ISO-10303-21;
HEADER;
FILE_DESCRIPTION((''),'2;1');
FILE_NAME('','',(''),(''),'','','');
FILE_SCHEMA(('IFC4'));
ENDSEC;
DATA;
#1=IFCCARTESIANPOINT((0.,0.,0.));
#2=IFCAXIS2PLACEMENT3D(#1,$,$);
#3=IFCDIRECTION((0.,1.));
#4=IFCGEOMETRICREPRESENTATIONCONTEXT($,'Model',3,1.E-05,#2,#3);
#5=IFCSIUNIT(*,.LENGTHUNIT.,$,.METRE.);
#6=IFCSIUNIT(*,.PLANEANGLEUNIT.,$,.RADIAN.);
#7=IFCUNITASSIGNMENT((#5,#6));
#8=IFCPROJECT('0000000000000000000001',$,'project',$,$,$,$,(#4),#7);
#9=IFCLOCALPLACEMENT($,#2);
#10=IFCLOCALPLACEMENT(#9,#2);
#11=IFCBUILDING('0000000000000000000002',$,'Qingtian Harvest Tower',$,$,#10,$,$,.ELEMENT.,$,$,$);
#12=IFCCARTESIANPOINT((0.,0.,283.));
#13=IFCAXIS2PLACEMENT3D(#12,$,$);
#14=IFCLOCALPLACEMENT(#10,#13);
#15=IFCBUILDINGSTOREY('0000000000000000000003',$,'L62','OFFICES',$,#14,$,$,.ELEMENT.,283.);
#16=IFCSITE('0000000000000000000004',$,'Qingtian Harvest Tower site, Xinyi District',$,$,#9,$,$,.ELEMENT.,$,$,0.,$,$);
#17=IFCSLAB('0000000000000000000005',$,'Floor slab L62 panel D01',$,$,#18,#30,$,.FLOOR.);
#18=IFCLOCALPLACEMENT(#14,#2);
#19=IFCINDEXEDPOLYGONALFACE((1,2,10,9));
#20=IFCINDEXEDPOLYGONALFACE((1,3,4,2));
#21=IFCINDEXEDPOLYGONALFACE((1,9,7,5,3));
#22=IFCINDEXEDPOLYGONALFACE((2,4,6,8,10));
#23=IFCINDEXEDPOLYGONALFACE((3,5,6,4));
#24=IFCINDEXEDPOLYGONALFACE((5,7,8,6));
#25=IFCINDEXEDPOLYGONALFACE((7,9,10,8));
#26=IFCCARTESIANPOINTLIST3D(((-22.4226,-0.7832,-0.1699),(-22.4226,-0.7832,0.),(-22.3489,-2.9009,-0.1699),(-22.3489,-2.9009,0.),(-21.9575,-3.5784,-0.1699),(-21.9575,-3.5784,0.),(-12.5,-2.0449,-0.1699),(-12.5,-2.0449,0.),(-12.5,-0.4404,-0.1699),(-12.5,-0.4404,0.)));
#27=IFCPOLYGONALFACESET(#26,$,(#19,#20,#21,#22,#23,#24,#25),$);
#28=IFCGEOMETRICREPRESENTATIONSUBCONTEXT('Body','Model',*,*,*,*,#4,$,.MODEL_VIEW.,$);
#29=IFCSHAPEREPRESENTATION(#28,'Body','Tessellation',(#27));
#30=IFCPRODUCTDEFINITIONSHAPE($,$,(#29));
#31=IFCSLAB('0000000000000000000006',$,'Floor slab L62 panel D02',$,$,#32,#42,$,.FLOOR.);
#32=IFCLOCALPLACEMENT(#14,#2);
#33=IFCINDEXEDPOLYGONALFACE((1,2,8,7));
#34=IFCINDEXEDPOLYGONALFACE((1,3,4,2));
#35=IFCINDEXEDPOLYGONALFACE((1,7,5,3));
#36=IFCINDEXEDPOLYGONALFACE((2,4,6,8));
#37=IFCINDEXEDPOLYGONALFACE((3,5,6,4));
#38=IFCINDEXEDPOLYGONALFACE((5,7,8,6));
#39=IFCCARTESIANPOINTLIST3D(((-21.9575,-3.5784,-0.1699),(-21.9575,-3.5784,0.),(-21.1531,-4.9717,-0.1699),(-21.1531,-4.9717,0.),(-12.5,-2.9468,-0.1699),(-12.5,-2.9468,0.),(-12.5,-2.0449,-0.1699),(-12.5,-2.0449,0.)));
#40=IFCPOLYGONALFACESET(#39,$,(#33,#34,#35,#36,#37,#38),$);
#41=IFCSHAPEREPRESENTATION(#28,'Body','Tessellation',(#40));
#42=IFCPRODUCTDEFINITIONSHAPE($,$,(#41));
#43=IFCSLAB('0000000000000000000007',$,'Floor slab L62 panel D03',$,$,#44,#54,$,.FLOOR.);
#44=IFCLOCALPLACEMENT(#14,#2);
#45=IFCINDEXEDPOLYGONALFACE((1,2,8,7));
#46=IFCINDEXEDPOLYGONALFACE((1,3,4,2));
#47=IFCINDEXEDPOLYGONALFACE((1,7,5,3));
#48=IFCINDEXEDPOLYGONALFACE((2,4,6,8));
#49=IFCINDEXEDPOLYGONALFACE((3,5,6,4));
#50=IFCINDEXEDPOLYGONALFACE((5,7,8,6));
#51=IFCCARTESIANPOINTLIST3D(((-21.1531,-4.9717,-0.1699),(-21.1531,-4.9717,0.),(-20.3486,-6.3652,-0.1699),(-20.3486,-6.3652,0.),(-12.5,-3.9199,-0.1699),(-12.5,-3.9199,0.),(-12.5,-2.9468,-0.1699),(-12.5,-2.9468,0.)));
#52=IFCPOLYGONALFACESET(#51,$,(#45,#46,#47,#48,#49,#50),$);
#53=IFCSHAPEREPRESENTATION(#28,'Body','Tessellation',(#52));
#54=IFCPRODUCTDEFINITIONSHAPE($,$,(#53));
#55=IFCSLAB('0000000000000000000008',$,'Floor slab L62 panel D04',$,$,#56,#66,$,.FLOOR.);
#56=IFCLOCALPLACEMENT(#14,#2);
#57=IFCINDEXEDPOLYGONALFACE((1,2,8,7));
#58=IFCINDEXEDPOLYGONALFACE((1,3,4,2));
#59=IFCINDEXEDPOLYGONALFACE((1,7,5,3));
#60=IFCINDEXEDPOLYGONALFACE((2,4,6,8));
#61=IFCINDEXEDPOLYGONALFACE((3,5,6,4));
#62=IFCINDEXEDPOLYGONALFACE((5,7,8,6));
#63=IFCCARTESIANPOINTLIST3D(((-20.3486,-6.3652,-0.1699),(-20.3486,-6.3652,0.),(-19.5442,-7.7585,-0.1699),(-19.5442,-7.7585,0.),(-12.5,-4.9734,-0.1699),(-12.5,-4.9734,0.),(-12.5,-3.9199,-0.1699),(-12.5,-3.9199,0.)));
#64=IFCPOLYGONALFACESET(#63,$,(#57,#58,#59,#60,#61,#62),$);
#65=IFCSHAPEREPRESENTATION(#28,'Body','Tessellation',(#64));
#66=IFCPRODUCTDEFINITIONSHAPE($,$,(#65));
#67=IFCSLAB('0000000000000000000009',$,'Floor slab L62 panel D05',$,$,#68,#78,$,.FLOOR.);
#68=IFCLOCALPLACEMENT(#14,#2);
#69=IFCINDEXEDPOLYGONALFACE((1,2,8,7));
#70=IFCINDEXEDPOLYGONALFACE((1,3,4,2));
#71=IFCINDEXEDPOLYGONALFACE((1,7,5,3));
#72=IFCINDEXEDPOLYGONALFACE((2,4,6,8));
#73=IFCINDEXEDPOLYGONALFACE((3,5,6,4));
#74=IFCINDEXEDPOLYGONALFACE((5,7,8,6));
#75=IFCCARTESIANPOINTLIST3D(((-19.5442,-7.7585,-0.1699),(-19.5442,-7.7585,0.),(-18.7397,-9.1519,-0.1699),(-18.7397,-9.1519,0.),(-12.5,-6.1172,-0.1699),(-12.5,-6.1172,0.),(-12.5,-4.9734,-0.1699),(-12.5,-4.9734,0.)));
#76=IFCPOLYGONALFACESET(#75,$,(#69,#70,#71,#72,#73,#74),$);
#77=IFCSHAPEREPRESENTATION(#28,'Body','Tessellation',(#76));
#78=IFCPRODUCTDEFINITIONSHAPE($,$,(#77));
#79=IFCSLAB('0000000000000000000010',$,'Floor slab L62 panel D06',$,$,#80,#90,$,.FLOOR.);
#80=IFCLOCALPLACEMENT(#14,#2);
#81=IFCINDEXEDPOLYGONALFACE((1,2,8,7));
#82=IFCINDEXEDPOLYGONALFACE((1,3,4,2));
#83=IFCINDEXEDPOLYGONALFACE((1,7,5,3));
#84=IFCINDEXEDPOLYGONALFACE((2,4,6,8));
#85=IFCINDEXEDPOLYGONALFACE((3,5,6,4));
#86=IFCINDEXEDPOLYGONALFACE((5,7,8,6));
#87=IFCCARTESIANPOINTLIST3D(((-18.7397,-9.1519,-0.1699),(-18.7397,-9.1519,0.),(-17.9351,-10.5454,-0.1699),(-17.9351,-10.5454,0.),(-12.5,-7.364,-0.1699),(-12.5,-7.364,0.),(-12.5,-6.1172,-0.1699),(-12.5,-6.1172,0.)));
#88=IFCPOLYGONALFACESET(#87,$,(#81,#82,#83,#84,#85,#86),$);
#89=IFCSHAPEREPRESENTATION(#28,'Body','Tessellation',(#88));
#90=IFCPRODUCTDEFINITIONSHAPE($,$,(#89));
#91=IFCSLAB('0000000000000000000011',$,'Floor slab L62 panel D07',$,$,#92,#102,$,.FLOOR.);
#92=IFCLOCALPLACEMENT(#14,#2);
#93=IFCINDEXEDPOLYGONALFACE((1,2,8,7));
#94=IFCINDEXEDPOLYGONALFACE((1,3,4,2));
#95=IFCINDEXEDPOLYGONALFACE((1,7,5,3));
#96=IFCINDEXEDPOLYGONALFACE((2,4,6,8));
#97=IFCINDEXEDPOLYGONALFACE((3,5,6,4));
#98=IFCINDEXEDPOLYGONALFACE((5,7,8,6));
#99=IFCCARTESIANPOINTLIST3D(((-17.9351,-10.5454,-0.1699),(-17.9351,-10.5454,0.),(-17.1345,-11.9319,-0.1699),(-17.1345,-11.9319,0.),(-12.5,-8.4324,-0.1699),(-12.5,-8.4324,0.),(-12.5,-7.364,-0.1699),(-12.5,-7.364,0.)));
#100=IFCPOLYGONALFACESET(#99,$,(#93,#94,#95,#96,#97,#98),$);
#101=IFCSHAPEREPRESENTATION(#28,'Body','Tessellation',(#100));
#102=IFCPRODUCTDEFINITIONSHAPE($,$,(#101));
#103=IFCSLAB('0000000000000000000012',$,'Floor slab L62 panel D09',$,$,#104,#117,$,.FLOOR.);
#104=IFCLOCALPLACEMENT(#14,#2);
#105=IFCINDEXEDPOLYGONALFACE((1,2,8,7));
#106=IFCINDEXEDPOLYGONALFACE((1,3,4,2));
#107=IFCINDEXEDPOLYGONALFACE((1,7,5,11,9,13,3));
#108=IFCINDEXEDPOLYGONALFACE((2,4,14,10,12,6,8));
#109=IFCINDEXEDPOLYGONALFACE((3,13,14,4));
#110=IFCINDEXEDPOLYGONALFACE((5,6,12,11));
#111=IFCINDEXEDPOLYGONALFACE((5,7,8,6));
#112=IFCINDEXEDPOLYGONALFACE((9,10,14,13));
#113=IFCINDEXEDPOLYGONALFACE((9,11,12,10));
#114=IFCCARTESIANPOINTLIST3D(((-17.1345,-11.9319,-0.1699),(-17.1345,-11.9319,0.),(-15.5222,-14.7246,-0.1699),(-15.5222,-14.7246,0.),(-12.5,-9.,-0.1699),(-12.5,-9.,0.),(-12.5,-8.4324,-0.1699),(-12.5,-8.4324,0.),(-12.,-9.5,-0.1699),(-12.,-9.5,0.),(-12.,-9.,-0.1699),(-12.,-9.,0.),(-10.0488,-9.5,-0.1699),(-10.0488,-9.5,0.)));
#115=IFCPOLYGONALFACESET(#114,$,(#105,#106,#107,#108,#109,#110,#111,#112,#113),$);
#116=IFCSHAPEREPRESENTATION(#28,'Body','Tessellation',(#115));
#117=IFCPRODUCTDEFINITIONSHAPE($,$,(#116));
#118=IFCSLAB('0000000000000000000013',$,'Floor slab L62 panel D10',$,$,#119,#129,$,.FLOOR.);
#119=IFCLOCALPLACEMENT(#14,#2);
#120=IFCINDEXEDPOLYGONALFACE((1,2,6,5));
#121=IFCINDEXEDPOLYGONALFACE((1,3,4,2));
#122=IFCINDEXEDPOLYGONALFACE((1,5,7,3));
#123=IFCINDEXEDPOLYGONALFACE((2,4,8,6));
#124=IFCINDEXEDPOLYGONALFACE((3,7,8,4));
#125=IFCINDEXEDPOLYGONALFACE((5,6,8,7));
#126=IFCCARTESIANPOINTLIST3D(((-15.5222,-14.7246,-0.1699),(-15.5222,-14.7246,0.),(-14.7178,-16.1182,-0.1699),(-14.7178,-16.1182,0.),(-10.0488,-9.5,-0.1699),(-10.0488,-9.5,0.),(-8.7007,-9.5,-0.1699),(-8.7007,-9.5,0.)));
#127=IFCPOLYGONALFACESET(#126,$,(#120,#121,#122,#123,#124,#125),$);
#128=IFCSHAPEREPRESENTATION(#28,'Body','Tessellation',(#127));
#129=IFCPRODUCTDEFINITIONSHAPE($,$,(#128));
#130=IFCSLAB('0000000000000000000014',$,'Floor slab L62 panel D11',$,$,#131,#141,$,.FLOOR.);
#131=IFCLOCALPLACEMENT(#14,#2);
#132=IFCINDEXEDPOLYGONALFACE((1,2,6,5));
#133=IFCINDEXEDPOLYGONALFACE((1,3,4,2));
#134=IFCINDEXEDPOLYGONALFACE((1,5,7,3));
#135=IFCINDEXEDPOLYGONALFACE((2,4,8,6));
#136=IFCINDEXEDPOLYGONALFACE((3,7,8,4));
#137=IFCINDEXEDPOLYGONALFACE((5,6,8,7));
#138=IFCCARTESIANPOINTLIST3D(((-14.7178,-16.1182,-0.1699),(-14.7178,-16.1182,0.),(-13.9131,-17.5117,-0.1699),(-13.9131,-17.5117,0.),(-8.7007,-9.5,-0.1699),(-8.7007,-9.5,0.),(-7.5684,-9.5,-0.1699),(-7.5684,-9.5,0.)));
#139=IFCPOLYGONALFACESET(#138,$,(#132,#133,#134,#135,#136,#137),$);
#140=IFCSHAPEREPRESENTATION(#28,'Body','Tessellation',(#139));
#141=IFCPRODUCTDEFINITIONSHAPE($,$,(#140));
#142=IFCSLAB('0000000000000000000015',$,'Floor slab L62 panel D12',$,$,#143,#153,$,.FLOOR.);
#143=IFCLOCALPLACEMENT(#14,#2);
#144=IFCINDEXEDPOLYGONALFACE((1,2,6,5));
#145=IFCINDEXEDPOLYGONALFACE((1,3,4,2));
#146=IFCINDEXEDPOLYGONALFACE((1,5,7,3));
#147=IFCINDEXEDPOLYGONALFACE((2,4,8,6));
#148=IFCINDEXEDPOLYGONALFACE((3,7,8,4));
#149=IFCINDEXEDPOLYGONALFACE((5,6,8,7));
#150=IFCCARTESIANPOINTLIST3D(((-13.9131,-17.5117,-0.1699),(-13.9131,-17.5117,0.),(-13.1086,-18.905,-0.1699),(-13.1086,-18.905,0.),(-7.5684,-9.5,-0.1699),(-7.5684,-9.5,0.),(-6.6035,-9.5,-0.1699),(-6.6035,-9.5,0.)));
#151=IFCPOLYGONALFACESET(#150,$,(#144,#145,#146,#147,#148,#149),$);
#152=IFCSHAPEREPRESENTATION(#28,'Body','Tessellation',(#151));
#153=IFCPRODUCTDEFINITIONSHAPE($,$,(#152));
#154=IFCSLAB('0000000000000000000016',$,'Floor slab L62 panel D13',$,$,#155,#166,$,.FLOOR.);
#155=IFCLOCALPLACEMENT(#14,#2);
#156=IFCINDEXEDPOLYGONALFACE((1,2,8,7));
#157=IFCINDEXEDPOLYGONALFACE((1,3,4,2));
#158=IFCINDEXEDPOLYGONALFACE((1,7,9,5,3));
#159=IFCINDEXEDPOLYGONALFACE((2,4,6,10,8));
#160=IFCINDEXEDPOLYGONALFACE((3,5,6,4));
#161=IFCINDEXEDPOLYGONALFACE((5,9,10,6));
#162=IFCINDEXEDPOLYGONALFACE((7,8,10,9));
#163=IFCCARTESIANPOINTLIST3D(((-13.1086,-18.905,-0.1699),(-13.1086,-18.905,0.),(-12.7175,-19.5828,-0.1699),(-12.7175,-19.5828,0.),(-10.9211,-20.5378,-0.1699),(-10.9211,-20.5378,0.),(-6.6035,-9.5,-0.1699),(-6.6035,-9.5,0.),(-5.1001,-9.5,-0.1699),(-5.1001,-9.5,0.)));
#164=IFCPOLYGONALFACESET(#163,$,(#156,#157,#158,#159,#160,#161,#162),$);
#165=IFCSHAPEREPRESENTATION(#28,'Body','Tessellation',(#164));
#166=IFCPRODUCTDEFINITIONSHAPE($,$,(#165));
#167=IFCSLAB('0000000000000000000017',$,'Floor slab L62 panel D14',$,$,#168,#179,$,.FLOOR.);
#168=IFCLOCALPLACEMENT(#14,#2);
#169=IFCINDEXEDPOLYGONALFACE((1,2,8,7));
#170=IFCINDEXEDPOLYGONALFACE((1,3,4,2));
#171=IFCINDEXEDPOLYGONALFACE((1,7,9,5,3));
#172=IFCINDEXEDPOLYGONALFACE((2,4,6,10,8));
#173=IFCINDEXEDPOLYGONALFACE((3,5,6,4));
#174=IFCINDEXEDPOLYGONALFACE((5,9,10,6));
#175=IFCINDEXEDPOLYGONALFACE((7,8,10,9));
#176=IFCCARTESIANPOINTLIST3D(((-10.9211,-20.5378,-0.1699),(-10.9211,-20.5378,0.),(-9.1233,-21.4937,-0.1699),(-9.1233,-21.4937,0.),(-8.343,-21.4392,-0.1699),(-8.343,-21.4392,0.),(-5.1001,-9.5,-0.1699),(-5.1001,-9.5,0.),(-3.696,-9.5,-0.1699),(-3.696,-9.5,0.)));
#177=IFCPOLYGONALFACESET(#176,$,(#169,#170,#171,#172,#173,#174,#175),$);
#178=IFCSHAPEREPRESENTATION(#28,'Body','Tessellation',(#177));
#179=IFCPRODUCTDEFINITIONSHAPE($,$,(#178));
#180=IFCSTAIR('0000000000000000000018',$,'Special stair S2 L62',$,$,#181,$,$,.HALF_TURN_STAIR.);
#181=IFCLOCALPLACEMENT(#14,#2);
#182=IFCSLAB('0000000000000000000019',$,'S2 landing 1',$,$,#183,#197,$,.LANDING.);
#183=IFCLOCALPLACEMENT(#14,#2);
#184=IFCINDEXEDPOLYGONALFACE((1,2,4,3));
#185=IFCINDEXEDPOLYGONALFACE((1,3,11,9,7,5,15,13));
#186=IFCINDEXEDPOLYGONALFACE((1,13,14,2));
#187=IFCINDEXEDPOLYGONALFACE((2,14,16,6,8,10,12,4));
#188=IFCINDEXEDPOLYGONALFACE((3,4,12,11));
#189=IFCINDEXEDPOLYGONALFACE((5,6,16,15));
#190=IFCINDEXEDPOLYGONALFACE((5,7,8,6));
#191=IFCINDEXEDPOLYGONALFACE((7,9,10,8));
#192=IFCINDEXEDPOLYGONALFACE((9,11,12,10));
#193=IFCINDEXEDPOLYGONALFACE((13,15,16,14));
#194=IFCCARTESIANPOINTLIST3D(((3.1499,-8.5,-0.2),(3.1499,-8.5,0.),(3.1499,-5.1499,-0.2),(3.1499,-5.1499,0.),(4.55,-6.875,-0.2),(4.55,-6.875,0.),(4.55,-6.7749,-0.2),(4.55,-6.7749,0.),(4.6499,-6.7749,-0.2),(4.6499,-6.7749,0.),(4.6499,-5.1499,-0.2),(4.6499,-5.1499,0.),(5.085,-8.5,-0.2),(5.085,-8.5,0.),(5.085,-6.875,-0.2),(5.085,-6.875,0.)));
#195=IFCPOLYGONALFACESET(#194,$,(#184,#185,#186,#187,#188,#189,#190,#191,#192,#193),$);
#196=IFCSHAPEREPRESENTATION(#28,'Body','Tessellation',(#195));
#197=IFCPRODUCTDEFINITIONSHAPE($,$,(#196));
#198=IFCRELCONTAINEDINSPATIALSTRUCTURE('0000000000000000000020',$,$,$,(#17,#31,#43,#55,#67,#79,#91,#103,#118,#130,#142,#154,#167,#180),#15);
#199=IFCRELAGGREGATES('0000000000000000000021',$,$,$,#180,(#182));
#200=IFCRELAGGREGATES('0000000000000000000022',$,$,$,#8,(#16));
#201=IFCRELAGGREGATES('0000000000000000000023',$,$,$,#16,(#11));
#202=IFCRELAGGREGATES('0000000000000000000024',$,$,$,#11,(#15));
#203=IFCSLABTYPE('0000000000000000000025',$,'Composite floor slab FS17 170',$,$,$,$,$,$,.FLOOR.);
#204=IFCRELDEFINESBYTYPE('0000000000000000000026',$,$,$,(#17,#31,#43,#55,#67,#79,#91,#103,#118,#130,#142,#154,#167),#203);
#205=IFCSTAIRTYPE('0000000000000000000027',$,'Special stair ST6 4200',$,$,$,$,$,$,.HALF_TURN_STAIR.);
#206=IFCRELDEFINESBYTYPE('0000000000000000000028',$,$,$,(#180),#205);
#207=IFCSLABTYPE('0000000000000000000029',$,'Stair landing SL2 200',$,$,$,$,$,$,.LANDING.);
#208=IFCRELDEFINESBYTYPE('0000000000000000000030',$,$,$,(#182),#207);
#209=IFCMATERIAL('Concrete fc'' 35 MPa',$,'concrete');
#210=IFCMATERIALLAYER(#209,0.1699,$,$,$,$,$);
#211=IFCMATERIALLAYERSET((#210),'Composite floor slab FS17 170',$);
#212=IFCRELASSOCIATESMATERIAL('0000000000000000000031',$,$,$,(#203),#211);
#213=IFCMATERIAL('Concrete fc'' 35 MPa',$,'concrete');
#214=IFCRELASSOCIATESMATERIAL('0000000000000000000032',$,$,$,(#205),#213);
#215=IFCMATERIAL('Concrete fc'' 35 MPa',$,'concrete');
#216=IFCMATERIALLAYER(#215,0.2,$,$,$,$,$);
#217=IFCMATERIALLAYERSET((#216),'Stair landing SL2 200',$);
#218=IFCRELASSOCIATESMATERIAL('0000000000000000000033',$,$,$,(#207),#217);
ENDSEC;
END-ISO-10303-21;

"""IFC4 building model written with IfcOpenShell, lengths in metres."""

from ifc_helpers import new_model, si_unit, direction, frame, origin, place, context, subcontext, project, spatial, polyline, outline, extrude, material, layer, layer_set, type_object, element, aggregate, save


model = new_model("IFC4")

# Units and contexts
model_context = context("Model", 3, precision=1e-05, world=origin(), true_north=direction((0.0, 1.0)))
body_context = subcontext(model_context, "Body", "Model", "MODEL_VIEW")
ifc_project = project(units=[si_unit("LENGTHUNIT", "METRE"), si_unit("PLANEANGLEUNIT", "RADIAN")], contexts=[model_context])

# Site, building, storey
site_placement = place(None, origin())
site = spatial("IfcSite", under=ifc_project, at=site_placement, Name="Qingtian Harvest Tower site, Xinyi District", CompositionType="ELEMENT", RefElevation=0.0)
building_placement = place(site_placement, origin())
building = spatial("IfcBuilding", under=site, at=building_placement, Name="Qingtian Harvest Tower", CompositionType="ELEMENT")
storey_placement = place(building_placement, frame((0.0, 0.0, 283.0)))
storey = spatial("IfcBuildingStorey", under=building, at=storey_placement, Name="L62", Description="OFFICES", CompositionType="ELEMENT", Elevation=283.0)

# Slabs
ifc_material_1 = material(Name="Concrete fc' 35 MPa", Category="concrete")
ifc_layer_1 = layer(ifc_material_1, 0.1699)
ifc_layer_set_1 = layer_set([ifc_layer_1], Name="Composite floor slab FS17 170")
slab_type_1 = type_object("IfcSlabType", Name="Composite floor slab FS17 170", PredefinedType="FLOOR", material=ifc_layer_set_1)
slab_1_placement = place(storey_placement, frame((0.0, 0.0, -0.1699)))
element("IfcSlab", 1, at=slab_1_placement, inside=storey, type_object=slab_type_1, Name="Floor slab L62 panel D01", PredefinedType="FLOOR", context=body_context, shape_type="SweptSolid", body=[
    extrude(outline(polyline([(-22.4226, -0.7832), (-12.5, -0.4404), (-12.5, -2.0449), (-21.9575, -3.5784), (-22.3489, -2.9009), (-22.4226, -0.7832)])), origin(), (0.0, 0.0, 1.0), 0.1699),
])
slab_2_placement = place(storey_placement, frame((0.0, 0.0, -0.1699)))
element("IfcSlab", 2, at=slab_2_placement, inside=storey, type_object=slab_type_1, Name="Floor slab L62 panel D02", PredefinedType="FLOOR", context=body_context, shape_type="SweptSolid", body=[
    extrude(outline(polyline([(-12.5, -2.9468), (-21.1531, -4.9717), (-21.9575, -3.5784), (-12.5, -2.0449), (-12.5, -2.9468)])), origin(), (0.0, 0.0, 1.0), 0.1699),
])
slab_3_placement = place(storey_placement, frame((0.0, 0.0, -0.1699)))
element("IfcSlab", 3, at=slab_3_placement, inside=storey, type_object=slab_type_1, Name="Floor slab L62 panel D03", PredefinedType="FLOOR", context=body_context, shape_type="SweptSolid", body=[
    extrude(outline(polyline([(-12.5, -3.9199), (-20.3486, -6.3652), (-21.1531, -4.9717), (-12.5, -2.9468), (-12.5, -3.9199)])), origin(), (0.0, 0.0, 1.0), 0.1699),
])
slab_4_placement = place(storey_placement, frame((0.0, 0.0, -0.1699)))
element("IfcSlab", 4, at=slab_4_placement, inside=storey, type_object=slab_type_1, Name="Floor slab L62 panel D04", PredefinedType="FLOOR", context=body_context, shape_type="SweptSolid", body=[
    extrude(outline(polyline([(-12.5, -4.9734), (-19.5442, -7.7585), (-20.3486, -6.3652), (-12.5, -3.9199), (-12.5, -4.9734)])), origin(), (0.0, 0.0, 1.0), 0.1699),
])
slab_5_placement = place(storey_placement, frame((0.0, 0.0, -0.1699)))
element("IfcSlab", 5, at=slab_5_placement, inside=storey, type_object=slab_type_1, Name="Floor slab L62 panel D05", PredefinedType="FLOOR", context=body_context, shape_type="SweptSolid", body=[
    extrude(outline(polyline([(-12.5, -6.1172), (-18.7397, -9.1519), (-19.5442, -7.7585), (-12.5, -4.9734), (-12.5, -6.1172)])), origin(), (0.0, 0.0, 1.0), 0.1699),
])
slab_6_placement = place(storey_placement, frame((0.0, 0.0, -0.1699)))
element("IfcSlab", 6, at=slab_6_placement, inside=storey, type_object=slab_type_1, Name="Floor slab L62 panel D06", PredefinedType="FLOOR", context=body_context, shape_type="SweptSolid", body=[
    extrude(outline(polyline([(-12.5, -7.364), (-17.9351, -10.5454), (-18.7397, -9.1519), (-12.5, -6.1172), (-12.5, -7.364)])), origin(), (0.0, 0.0, 1.0), 0.1699),
])
slab_7_placement = place(storey_placement, frame((0.0, 0.0, -0.1699)))
element("IfcSlab", 7, at=slab_7_placement, inside=storey, type_object=slab_type_1, Name="Floor slab L62 panel D07", PredefinedType="FLOOR", context=body_context, shape_type="SweptSolid", body=[
    extrude(outline(polyline([(-12.5, -8.4324), (-17.1345, -11.9319), (-17.9351, -10.5454), (-12.5, -7.364), (-12.5, -8.4324)])), origin(), (0.0, 0.0, 1.0), 0.1699),
])
slab_8_placement = place(storey_placement, frame((0.0, 0.0, -0.1699)))
element("IfcSlab", 8, at=slab_8_placement, inside=storey, type_object=slab_type_1, Name="Floor slab L62 panel D09", PredefinedType="FLOOR", context=body_context, shape_type="SweptSolid", body=[
    extrude(outline(polyline([(-15.5222, -14.7246), (-17.1345, -11.9319), (-12.5, -8.4324), (-12.5, -9.0), (-12.0, -9.0), (-12.0, -9.5), (-10.0488, -9.5), (-15.5222, -14.7246)])), origin(), (0.0, 0.0, 1.0), 0.1699),
])
slab_9_placement = place(storey_placement, frame((0.0, 0.0, -0.1699)))
element("IfcSlab", 9, at=slab_9_placement, inside=storey, type_object=slab_type_1, Name="Floor slab L62 panel D10", PredefinedType="FLOOR", context=body_context, shape_type="SweptSolid", body=[
    extrude(outline(polyline([(-8.7007, -9.5), (-14.7178, -16.1182), (-15.5222, -14.7246), (-10.0488, -9.5), (-8.7007, -9.5)])), origin(), (0.0, 0.0, 1.0), 0.1699),
])
slab_10_placement = place(storey_placement, frame((0.0, 0.0, -0.1699)))
element("IfcSlab", 10, at=slab_10_placement, inside=storey, type_object=slab_type_1, Name="Floor slab L62 panel D11", PredefinedType="FLOOR", context=body_context, shape_type="SweptSolid", body=[
    extrude(outline(polyline([(-7.5684, -9.5), (-13.9131, -17.5117), (-14.7178, -16.1182), (-8.7007, -9.5), (-7.5684, -9.5)])), origin(), (0.0, 0.0, 1.0), 0.1699),
])
slab_11_placement = place(storey_placement, frame((0.0, 0.0, -0.1699)))
element("IfcSlab", 11, at=slab_11_placement, inside=storey, type_object=slab_type_1, Name="Floor slab L62 panel D12", PredefinedType="FLOOR", context=body_context, shape_type="SweptSolid", body=[
    extrude(outline(polyline([(-6.6035, -9.5), (-13.1086, -18.905), (-13.9131, -17.5117), (-7.5684, -9.5), (-6.6035, -9.5)])), origin(), (0.0, 0.0, 1.0), 0.1699),
])
slab_12_placement = place(storey_placement, frame((0.0, 0.0, -0.1699)))
element("IfcSlab", 12, at=slab_12_placement, inside=storey, type_object=slab_type_1, Name="Floor slab L62 panel D13", PredefinedType="FLOOR", context=body_context, shape_type="SweptSolid", body=[
    extrude(outline(polyline([(-6.6035, -9.5), (-5.1001, -9.5), (-10.9211, -20.5378), (-12.7175, -19.5828), (-13.1086, -18.905), (-6.6035, -9.5)])), origin(), (0.0, 0.0, 1.0), 0.1699),
])
slab_13_placement = place(storey_placement, frame((0.0, 0.0, -0.1699)))
element("IfcSlab", 13, at=slab_13_placement, inside=storey, type_object=slab_type_1, Name="Floor slab L62 panel D14", PredefinedType="FLOOR", context=body_context, shape_type="SweptSolid", body=[
    extrude(outline(polyline([(-5.1001, -9.5), (-3.696, -9.5), (-8.343, -21.4392), (-9.1233, -21.4937), (-10.9211, -20.5378), (-5.1001, -9.5)])), origin(), (0.0, 0.0, 1.0), 0.1699),
])

# Stair, slab
ifc_material_2 = material(Name="Concrete fc' 35 MPa", Category="concrete")
stair_type = type_object("IfcStairType", Name="Special stair ST6 4200", PredefinedType="HALF_TURN_STAIR", material=ifc_material_2)
stair_placement = place(storey_placement, origin())
stair = element("IfcStair", 14, at=stair_placement, inside=storey, type_object=stair_type, Name="Special stair S2 L62", PredefinedType="HALF_TURN_STAIR")
ifc_material_3 = material(Name="Concrete fc' 35 MPa", Category="concrete")
ifc_layer_2 = layer(ifc_material_3, 0.2)
ifc_layer_set_2 = layer_set([ifc_layer_2], Name="Stair landing SL2 200")
slab_type_2 = type_object("IfcSlabType", Name="Stair landing SL2 200", PredefinedType="LANDING", material=ifc_layer_set_2)
slab_14_placement = place(storey_placement, frame((0.0, 0.0, -0.2)))
slab_14 = element("IfcSlab", 15, at=slab_14_placement, type_object=slab_type_2, Name="S2 landing 1", PredefinedType="LANDING", context=body_context, shape_type="SweptSolid", body=[
    extrude(outline(polyline([(5.085, -8.5), (3.1499, -8.5), (3.1499, -5.1499), (4.6499, -5.1499), (4.6499, -6.7749), (4.55, -6.7749), (4.55, -6.875), (5.085, -6.875), (5.085, -8.5)])), origin(), (0.0, 0.0, 1.0), 0.2),
])
aggregate(stair, [slab_14])

save(model, "model.ifc")
